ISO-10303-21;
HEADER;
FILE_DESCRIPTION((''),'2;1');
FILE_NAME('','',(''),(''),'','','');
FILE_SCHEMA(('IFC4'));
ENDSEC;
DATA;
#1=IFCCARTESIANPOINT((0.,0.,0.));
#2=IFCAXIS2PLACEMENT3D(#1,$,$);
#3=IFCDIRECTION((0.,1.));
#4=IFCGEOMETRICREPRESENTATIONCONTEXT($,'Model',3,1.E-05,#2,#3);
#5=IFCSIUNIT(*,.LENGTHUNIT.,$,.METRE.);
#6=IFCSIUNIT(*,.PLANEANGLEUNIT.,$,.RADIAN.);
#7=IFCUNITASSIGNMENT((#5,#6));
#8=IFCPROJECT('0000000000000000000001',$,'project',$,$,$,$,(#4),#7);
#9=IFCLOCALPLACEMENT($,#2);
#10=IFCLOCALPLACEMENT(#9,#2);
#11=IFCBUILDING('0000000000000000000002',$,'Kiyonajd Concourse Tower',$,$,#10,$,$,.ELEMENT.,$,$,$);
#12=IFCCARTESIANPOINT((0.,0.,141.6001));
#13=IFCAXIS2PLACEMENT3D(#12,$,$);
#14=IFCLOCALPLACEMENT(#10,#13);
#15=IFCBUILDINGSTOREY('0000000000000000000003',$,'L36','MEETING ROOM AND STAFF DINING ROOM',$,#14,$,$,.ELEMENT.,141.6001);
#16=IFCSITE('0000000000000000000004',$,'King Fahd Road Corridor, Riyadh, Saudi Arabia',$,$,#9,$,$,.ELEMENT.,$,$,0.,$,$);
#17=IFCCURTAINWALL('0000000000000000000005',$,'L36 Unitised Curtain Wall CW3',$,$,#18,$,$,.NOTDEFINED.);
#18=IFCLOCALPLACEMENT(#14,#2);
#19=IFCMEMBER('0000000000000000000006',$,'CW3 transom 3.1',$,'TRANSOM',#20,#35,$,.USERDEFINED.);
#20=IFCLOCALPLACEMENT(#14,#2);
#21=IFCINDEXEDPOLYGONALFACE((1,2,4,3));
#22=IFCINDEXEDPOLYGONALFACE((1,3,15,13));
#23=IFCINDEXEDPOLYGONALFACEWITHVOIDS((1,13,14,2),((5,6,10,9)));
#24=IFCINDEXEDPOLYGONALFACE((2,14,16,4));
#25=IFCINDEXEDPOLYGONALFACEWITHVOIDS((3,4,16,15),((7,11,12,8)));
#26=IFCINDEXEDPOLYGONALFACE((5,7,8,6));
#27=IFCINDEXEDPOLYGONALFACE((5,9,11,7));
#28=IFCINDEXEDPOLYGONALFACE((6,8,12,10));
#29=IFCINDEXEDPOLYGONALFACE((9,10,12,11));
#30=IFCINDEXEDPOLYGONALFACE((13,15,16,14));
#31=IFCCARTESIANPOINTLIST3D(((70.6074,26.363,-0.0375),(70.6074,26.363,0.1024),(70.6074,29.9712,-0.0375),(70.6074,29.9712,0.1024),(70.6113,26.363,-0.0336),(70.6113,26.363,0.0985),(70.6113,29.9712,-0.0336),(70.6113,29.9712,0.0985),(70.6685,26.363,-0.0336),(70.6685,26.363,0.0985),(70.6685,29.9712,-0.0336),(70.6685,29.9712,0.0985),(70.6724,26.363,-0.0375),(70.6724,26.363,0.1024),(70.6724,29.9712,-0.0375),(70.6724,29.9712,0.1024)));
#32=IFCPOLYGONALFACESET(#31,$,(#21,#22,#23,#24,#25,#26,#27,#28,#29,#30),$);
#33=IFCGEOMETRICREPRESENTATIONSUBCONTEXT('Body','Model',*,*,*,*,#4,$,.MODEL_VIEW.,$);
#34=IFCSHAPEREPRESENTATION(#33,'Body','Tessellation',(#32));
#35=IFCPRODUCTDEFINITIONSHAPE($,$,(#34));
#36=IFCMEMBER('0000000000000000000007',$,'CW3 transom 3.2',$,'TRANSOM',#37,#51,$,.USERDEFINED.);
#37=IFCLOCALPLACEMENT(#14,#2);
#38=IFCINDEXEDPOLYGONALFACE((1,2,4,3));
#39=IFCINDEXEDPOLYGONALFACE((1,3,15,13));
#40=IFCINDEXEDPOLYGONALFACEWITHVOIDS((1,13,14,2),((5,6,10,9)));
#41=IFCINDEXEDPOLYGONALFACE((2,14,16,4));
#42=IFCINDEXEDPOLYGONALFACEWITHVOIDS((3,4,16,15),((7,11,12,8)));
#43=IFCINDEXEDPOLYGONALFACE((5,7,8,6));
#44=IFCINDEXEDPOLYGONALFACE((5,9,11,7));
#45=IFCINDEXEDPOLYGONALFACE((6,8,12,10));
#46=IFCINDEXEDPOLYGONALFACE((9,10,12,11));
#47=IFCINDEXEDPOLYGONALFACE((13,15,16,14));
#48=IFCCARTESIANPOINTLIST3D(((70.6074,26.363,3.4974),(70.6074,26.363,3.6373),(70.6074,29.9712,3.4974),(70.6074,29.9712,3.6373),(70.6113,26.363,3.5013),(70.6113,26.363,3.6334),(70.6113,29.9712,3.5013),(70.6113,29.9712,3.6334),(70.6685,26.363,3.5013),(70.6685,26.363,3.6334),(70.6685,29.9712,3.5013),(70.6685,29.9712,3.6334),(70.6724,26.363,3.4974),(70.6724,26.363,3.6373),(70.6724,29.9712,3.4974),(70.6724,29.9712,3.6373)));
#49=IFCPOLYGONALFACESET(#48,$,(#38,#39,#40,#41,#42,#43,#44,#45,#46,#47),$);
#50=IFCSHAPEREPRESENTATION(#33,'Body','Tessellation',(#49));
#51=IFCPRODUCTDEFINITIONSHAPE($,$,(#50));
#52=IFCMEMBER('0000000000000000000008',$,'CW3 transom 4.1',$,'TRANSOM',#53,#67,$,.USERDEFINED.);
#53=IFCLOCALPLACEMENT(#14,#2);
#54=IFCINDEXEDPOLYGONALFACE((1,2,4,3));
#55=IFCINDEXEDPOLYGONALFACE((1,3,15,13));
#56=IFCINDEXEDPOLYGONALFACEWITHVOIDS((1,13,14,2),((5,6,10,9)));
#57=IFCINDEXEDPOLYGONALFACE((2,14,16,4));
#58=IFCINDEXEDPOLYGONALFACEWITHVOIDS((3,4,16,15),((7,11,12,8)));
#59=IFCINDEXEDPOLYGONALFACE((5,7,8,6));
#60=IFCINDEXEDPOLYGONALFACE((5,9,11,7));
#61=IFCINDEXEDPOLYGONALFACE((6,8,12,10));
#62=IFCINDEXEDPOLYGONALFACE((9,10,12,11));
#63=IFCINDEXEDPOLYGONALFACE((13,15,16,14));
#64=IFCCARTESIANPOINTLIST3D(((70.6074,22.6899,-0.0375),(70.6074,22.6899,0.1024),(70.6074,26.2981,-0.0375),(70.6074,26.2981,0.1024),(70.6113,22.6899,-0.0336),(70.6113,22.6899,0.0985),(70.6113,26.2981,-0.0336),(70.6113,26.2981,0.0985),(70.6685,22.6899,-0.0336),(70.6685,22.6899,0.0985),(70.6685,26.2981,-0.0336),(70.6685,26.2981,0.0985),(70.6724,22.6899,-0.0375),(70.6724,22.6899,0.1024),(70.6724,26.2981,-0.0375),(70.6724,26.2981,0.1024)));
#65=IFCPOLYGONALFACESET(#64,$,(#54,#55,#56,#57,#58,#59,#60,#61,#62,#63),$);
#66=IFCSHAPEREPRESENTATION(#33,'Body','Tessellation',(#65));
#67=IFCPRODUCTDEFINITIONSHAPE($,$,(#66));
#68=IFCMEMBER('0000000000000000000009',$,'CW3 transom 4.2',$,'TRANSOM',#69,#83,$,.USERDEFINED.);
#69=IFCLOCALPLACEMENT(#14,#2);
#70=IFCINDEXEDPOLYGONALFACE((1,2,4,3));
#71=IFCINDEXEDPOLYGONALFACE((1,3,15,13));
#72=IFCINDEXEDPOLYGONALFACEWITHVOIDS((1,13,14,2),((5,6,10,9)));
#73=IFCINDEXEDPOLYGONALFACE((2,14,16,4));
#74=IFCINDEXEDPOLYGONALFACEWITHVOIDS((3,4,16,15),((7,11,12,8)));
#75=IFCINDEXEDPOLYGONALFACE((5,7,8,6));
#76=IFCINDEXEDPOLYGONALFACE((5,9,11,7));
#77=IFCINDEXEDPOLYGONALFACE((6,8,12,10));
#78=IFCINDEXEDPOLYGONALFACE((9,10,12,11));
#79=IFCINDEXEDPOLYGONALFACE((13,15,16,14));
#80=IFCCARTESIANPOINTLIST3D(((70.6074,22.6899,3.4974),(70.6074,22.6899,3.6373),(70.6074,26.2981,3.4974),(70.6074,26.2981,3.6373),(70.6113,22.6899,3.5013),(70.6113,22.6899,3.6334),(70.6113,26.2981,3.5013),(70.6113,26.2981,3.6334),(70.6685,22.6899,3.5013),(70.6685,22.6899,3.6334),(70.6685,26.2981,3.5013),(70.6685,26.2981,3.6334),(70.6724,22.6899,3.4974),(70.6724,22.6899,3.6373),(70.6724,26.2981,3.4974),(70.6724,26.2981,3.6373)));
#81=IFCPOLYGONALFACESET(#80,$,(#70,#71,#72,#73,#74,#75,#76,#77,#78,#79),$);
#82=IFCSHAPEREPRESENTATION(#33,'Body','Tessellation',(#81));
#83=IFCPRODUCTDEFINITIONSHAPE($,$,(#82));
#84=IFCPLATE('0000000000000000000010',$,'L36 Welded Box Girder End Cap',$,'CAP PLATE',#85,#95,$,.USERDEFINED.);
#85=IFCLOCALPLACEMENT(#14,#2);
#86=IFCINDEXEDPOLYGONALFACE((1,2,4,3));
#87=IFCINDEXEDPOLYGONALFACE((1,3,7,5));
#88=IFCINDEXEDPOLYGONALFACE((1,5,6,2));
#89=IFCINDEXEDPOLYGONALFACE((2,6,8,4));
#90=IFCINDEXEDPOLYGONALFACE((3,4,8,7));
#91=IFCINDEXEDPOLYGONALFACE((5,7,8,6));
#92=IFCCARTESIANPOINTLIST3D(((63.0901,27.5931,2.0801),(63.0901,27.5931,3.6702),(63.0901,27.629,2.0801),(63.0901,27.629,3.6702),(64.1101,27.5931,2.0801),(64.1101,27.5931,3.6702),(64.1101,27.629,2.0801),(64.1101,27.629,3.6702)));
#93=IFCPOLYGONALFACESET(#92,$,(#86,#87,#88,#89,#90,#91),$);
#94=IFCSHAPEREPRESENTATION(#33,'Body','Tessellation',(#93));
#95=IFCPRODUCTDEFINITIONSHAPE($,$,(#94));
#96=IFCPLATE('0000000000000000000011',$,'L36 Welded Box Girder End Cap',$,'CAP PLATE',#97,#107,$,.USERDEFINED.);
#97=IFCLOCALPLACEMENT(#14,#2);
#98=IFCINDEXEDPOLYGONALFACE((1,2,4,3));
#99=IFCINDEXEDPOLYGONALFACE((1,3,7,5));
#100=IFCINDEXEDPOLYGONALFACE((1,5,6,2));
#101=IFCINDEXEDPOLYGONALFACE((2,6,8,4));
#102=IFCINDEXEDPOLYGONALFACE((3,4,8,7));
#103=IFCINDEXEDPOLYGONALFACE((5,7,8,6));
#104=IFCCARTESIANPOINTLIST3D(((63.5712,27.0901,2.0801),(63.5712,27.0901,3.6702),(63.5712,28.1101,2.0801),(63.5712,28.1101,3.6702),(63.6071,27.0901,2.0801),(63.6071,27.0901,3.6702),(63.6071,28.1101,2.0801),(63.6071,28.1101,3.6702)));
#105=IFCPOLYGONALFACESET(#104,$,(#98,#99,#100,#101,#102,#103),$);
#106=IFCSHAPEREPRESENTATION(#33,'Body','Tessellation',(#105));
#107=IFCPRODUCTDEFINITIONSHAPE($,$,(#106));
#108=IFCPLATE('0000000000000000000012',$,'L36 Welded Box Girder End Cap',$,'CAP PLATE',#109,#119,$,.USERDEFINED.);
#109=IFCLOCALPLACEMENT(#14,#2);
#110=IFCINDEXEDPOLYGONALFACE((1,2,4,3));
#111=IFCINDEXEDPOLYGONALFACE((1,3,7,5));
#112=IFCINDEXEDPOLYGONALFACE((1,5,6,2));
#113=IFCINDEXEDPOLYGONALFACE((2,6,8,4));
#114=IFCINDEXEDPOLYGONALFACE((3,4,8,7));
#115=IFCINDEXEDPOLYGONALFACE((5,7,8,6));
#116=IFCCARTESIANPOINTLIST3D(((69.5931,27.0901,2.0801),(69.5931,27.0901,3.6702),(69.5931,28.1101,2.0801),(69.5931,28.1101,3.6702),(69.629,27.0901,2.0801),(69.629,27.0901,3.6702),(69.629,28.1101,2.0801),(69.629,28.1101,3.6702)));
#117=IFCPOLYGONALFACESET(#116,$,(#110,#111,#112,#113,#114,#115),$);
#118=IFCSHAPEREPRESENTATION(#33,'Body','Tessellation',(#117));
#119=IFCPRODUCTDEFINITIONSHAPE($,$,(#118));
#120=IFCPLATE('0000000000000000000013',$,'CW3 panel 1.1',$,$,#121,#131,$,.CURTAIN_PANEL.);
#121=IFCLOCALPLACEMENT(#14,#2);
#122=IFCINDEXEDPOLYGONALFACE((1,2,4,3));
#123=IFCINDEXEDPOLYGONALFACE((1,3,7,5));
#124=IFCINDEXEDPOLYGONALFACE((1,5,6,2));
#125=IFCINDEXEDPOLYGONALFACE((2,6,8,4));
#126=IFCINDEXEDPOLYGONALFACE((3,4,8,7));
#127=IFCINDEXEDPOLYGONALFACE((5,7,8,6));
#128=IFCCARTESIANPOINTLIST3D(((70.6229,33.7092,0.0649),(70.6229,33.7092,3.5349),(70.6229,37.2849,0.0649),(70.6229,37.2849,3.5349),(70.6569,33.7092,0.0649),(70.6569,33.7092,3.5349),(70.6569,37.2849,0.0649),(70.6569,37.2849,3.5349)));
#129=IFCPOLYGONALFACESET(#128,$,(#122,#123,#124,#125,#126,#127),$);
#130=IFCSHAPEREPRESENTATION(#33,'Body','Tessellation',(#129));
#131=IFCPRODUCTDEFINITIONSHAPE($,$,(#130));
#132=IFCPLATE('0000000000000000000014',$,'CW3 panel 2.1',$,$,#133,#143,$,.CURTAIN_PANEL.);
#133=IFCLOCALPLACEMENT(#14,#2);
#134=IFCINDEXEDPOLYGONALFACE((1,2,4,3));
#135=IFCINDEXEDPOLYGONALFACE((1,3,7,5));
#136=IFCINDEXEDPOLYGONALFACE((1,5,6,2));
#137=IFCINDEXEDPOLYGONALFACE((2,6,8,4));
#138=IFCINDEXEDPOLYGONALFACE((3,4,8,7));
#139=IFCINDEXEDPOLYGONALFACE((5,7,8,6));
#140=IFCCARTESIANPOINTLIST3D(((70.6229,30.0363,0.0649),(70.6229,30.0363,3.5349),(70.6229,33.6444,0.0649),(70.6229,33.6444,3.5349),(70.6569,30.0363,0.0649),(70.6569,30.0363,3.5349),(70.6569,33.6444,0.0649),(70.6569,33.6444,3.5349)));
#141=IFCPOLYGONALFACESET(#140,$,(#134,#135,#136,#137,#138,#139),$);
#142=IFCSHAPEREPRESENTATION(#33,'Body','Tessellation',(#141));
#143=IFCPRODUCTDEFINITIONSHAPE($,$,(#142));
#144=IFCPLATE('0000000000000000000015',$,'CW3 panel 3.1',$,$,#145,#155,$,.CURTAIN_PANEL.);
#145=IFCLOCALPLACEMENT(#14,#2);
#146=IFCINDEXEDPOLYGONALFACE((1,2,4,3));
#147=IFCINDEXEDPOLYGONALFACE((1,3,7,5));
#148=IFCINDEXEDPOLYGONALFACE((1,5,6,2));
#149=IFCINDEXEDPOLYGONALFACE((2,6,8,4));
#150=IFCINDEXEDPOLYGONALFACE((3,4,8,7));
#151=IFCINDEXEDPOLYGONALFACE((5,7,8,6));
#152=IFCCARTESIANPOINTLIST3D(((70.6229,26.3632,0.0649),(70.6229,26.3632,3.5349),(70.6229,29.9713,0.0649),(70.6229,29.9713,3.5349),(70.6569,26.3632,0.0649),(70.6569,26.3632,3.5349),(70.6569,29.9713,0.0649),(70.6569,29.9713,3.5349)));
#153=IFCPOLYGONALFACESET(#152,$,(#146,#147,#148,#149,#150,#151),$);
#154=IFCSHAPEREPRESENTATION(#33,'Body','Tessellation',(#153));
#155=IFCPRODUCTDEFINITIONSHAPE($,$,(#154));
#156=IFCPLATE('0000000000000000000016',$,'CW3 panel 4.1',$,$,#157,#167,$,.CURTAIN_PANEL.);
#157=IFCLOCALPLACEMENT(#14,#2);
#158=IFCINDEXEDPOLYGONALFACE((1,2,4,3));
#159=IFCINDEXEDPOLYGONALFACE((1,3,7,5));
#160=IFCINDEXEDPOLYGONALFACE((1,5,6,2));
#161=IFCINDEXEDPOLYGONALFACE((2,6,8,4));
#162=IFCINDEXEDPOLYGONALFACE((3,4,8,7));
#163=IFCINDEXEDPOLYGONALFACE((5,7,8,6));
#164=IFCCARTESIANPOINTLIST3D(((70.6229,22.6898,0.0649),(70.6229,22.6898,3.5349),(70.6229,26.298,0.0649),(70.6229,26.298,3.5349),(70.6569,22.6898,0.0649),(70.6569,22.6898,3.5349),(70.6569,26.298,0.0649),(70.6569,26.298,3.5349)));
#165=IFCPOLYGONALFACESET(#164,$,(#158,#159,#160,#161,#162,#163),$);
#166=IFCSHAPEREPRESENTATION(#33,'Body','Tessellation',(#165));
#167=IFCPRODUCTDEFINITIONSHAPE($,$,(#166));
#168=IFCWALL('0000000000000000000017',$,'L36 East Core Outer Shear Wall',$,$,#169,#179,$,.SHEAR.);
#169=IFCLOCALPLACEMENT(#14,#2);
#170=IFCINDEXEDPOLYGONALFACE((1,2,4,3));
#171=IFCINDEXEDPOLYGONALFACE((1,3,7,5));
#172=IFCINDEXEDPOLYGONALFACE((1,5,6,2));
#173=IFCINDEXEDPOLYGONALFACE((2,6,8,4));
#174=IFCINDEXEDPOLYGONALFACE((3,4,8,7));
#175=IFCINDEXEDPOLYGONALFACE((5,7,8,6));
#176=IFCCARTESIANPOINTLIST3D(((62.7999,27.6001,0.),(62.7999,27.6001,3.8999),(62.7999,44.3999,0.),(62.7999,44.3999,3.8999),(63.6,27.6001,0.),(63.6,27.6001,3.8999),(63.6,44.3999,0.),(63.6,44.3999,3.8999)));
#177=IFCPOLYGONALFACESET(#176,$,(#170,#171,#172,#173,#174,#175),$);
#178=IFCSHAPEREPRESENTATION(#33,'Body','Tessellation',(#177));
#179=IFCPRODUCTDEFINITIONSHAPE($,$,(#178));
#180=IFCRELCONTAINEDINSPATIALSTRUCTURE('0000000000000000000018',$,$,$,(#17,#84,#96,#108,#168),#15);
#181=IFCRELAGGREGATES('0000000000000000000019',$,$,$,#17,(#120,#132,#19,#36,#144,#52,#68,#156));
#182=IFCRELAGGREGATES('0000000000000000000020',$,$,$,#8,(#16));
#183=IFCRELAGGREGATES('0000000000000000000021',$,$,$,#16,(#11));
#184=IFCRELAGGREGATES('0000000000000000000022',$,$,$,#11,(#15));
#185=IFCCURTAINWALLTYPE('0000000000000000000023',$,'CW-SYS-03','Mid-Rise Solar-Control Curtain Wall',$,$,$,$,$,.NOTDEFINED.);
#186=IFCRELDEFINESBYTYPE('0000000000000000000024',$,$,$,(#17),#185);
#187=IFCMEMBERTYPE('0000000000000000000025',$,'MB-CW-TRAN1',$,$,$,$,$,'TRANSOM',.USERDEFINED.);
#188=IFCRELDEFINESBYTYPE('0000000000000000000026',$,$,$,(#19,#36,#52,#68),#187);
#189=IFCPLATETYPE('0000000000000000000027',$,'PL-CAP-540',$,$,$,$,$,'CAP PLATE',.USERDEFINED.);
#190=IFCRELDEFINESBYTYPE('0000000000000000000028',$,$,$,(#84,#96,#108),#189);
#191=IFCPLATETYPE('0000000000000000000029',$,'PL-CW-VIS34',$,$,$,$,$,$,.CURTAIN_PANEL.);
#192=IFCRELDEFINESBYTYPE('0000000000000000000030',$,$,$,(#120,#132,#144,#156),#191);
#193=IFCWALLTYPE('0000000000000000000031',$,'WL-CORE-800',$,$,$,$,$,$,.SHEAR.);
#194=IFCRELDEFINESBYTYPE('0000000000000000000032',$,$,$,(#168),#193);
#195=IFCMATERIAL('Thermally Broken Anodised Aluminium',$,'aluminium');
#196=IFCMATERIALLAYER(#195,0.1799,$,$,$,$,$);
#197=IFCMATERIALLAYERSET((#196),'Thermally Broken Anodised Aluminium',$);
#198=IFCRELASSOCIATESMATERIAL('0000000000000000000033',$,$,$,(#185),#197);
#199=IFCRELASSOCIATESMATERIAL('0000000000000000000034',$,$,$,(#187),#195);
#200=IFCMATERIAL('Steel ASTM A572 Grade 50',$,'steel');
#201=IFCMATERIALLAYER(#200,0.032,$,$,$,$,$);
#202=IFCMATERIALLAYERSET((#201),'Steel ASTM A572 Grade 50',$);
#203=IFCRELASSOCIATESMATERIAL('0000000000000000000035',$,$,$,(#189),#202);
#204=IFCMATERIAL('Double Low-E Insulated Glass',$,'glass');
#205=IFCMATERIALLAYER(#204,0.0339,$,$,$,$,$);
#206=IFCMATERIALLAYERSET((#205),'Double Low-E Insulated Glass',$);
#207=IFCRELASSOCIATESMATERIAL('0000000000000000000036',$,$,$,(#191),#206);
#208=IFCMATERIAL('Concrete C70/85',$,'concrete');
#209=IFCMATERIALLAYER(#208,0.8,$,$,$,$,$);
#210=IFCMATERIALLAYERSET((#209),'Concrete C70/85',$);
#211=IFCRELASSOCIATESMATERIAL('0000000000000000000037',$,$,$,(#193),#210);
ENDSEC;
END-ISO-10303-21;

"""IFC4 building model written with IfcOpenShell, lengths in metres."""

from ifc_helpers import new_model, si_unit, direction, frame, frame_2d, origin, origin_2d, place, context, subcontext, project, spatial, rectangle, hollow_rectangle, extrude, material, layer, layer_set, material_profile, profile_set, type_object, element, aggregate, save


model = new_model("IFC4")

# Units and contexts
model_context = context("Model", 3, precision=1e-05, world=origin(), true_north=direction((0.0, 1.0)))
body_context = subcontext(model_context, "Body", "Model", "MODEL_VIEW")
ifc_project = project(units=[si_unit("LENGTHUNIT", "METRE"), si_unit("PLANEANGLEUNIT", "RADIAN")], contexts=[model_context])

# Site, building, storey
site_placement = place(None, origin())
site = spatial("IfcSite", under=ifc_project, at=site_placement, Name="King Fahd Road Corridor, Riyadh, Saudi Arabia", CompositionType="ELEMENT", RefElevation=0.0)
building_placement = place(site_placement, origin())
building = spatial("IfcBuilding", under=site, at=building_placement, Name="Kiyonajd Concourse Tower", CompositionType="ELEMENT")
storey_placement = place(building_placement, frame((0.0, 0.0, 141.6001)))
storey = spatial("IfcBuildingStorey", under=building, at=storey_placement, Name="L36", Description="MEETING ROOM AND STAFF DINING ROOM", CompositionType="ELEMENT", Elevation=141.6001)

# Shared definitions
ifc_material_1 = material(Name="Concrete C70/85", Category="concrete")

# Shared definitions
ifc_material_2 = material(Name="Steel ASTM A572 Grade 50", Category="steel")

# Curtain wall, members
ifc_material_3 = material(Name="Thermally Broken Anodised Aluminium", Category="aluminium")
ifc_layer_1 = layer(ifc_material_3, 0.1799)
ifc_layer_set_1 = layer_set([ifc_layer_1], Name="Thermally Broken Anodised Aluminium")
curtain_wall_type = type_object("IfcCurtainWallType", Name="CW-SYS-03", Description="Mid-Rise Solar-Control Curtain Wall", PredefinedType="NOTDEFINED", material=ifc_layer_set_1)
curtain_wall_placement = place(storey_placement, origin())
curtain_wall = element("IfcCurtainWall", 1, at=curtain_wall_placement, inside=storey, type_object=curtain_wall_type, Name="L36 Unitised Curtain Wall CW3", PredefinedType="NOTDEFINED")
ifc_material_profile_1 = material_profile(ifc_material_3, hollow_rectangle(XDim=0.0649, YDim=0.1399, WallThickness=0.0039, at=origin_2d()), Name="TRAN-65x140")
ifc_profile_set_1 = profile_set([ifc_material_profile_1], Name="Thermally Broken Anodised Aluminium")
member_type_1 = type_object("IfcMemberType", Name="MB-CW-TRAN1", ElementType="TRANSOM", PredefinedType="USERDEFINED", material=ifc_profile_set_1)
member_1_placement = place(storey_placement, frame((70.6399, 29.9712, 0.0325), z_axis=(0.0, -1.0, 0.0), x_axis=(1.0, 0.0, 0.0)))
member_1 = element("IfcMember", 2, at=member_1_placement, type_object=member_type_1, Name="CW3 transom 3.1", ObjectType="TRANSOM", PredefinedType="USERDEFINED", context=body_context, shape_type="SweptSolid", body=[
    extrude(hollow_rectangle(XDim=0.0649, YDim=0.1399, WallThickness=0.0039, at=origin_2d()), origin(), (0.0, 0.0, 1.0), 3.6082),
])
member_2_placement = place(storey_placement, frame((70.6399, 29.9712, 3.5674), z_axis=(0.0, -1.0, 0.0), x_axis=(1.0, 0.0, 0.0)))
member_2 = element("IfcMember", 3, at=member_2_placement, type_object=member_type_1, Name="CW3 transom 3.2", ObjectType="TRANSOM", PredefinedType="USERDEFINED", context=body_context, shape_type="SweptSolid", body=[
    extrude(hollow_rectangle(XDim=0.0649, YDim=0.1399, WallThickness=0.0039, at=origin_2d()), origin(), (0.0, 0.0, 1.0), 3.6082),
])
member_3_placement = place(storey_placement, frame((70.6399, 26.2981, 0.0325), z_axis=(0.0, -1.0, 0.0), x_axis=(1.0, 0.0, 0.0)))
member_3 = element("IfcMember", 4, at=member_3_placement, type_object=member_type_1, Name="CW3 transom 4.1", ObjectType="TRANSOM", PredefinedType="USERDEFINED", context=body_context, shape_type="SweptSolid", body=[
    extrude(hollow_rectangle(XDim=0.0649, YDim=0.1399, WallThickness=0.0039, at=origin_2d()), origin(), (0.0, 0.0, 1.0), 3.6082),
])
member_4_placement = place(storey_placement, frame((70.6399, 26.2981, 3.5674), z_axis=(0.0, -1.0, 0.0), x_axis=(1.0, 0.0, 0.0)))
member_4 = element("IfcMember", 5, at=member_4_placement, type_object=member_type_1, Name="CW3 transom 4.2", ObjectType="TRANSOM", PredefinedType="USERDEFINED", context=body_context, shape_type="SweptSolid", body=[
    extrude(hollow_rectangle(XDim=0.0649, YDim=0.1399, WallThickness=0.0039, at=origin_2d()), origin(), (0.0, 0.0, 1.0), 3.6082),
])

# Plates
ifc_layer_2 = layer(ifc_material_2, 0.032)
ifc_layer_set_2 = layer_set([ifc_layer_2], Name="Steel ASTM A572 Grade 50")
plate_type_1 = type_object("IfcPlateType", Name="PL-CAP-540", ElementType="CAP PLATE", PredefinedType="USERDEFINED", material=ifc_layer_set_2)
for number, where, z_axis, x_axis, name in (
    (6, (63.6001, 27.6111, 2.0801), (0.0, 0.0, 1.0), (0.0, 1.0, 0.0), "L36 Welded Box Girder End Cap"),
    (7, (63.5891, 27.6001, 2.0801), (0.0, 0.0, 1.0), (-1.0, 0.0, 0.0), "L36 Welded Box Girder End Cap"),
    (8, (69.6111, 27.6001, 2.0801), (0.0, 0.0, 1.0), (1.0, 0.0, 0.0), "L36 Welded Box Girder End Cap"),
):
    element("IfcPlate", number, at=place(storey_placement, frame(where, z_axis=z_axis, x_axis=x_axis)), inside=storey, type_object=plate_type_1, Name=name, ObjectType="CAP PLATE", PredefinedType="USERDEFINED", context=body_context, shape_type="SweptSolid", body=[
        extrude(rectangle(XDim=0.0359, YDim=1.02, at=origin_2d()), origin(), (0.0, 0.0, 1.0), 1.5901),
    ])

# Plates
ifc_material_4 = material(Name="Double Low-E Insulated Glass", Category="glass")
ifc_layer_3 = layer(ifc_material_4, 0.0339)
ifc_layer_set_3 = layer_set([ifc_layer_3], Name="Double Low-E Insulated Glass")
plate_type_2 = type_object("IfcPlateType", Name="PL-CW-VIS34", PredefinedType="CURTAIN_PANEL", material=ifc_layer_set_3)
plate_1_placement = place(storey_placement, frame((70.6399, 35.4971, 0.0649), z_axis=(0.0, 0.0, 1.0), x_axis=(0.0, -1.0, 0.0)))
plate_1 = element("IfcPlate", 9, at=plate_1_placement, type_object=plate_type_2, Name="CW3 panel 1.1", PredefinedType="CURTAIN_PANEL", context=body_context, shape_type="SweptSolid", body=[
    extrude(rectangle(XDim=3.5757, YDim=0.0339, at=origin_2d()), origin(), (0.0, 0.0, 1.0), 3.47),
])
plate_2_placement = place(storey_placement, frame((70.6399, 31.8403, 0.0649), z_axis=(0.0, 0.0, 1.0), x_axis=(0.0, -1.0, 0.0)))
plate_2 = element("IfcPlate", 10, at=plate_2_placement, type_object=plate_type_2, Name="CW3 panel 2.1", PredefinedType="CURTAIN_PANEL", context=body_context, shape_type="SweptSolid", body=[
    extrude(rectangle(XDim=3.6082, YDim=0.0339, at=origin_2d()), origin(), (0.0, 0.0, 1.0), 3.47),
])
plate_3_placement = place(storey_placement, frame((70.6399, 28.1672, 0.0649), z_axis=(0.0, 0.0, 1.0), x_axis=(0.0, -1.0, 0.0)))
plate_3 = element("IfcPlate", 11, at=plate_3_placement, type_object=plate_type_2, Name="CW3 panel 3.1", PredefinedType="CURTAIN_PANEL", context=body_context, shape_type="SweptSolid", body=[
    extrude(rectangle(XDim=3.6082, YDim=0.0339, at=origin_2d()), origin(), (0.0, 0.0, 1.0), 3.47),
])
plate_4_placement = place(storey_placement, frame((70.6399, 24.4939, 0.0649), z_axis=(0.0, 0.0, 1.0), x_axis=(0.0, -1.0, 0.0)))
plate_4 = element("IfcPlate", 12, at=plate_4_placement, type_object=plate_type_2, Name="CW3 panel 4.1", PredefinedType="CURTAIN_PANEL", context=body_context, shape_type="SweptSolid", body=[
    extrude(rectangle(XDim=3.6082, YDim=0.0339, at=origin_2d()), origin(), (0.0, 0.0, 1.0), 3.47),
])
aggregate(curtain_wall, [plate_1, plate_2, member_1, member_2, plate_3, member_3, member_4, plate_4])

# Wall
ifc_layer_4 = layer(ifc_material_1, 0.8)
ifc_layer_set_4 = layer_set([ifc_layer_4], Name="Concrete C70/85")
wall_type_1 = type_object("IfcWallType", Name="WL-CORE-800", PredefinedType="SHEAR", material=ifc_layer_set_4)
wall_1_placement = place(storey_placement, frame((63.2, 27.6001, 0.0), z_axis=(0.0, 0.0, 1.0), x_axis=(0.0, 1.0, 0.0)))
element("IfcWall", 13, at=wall_1_placement, inside=storey, type_object=wall_type_1, Name="L36 East Core Outer Shear Wall", PredefinedType="SHEAR", context=body_context, shape_type="SweptSolid", body=[
    extrude(rectangle(XDim=16.7998, YDim=0.8, at=frame_2d((8.3999, 0.0))), origin(), (0.0, 0.0, 1.0), 3.8999),
])

save(model, "model.ifc")
